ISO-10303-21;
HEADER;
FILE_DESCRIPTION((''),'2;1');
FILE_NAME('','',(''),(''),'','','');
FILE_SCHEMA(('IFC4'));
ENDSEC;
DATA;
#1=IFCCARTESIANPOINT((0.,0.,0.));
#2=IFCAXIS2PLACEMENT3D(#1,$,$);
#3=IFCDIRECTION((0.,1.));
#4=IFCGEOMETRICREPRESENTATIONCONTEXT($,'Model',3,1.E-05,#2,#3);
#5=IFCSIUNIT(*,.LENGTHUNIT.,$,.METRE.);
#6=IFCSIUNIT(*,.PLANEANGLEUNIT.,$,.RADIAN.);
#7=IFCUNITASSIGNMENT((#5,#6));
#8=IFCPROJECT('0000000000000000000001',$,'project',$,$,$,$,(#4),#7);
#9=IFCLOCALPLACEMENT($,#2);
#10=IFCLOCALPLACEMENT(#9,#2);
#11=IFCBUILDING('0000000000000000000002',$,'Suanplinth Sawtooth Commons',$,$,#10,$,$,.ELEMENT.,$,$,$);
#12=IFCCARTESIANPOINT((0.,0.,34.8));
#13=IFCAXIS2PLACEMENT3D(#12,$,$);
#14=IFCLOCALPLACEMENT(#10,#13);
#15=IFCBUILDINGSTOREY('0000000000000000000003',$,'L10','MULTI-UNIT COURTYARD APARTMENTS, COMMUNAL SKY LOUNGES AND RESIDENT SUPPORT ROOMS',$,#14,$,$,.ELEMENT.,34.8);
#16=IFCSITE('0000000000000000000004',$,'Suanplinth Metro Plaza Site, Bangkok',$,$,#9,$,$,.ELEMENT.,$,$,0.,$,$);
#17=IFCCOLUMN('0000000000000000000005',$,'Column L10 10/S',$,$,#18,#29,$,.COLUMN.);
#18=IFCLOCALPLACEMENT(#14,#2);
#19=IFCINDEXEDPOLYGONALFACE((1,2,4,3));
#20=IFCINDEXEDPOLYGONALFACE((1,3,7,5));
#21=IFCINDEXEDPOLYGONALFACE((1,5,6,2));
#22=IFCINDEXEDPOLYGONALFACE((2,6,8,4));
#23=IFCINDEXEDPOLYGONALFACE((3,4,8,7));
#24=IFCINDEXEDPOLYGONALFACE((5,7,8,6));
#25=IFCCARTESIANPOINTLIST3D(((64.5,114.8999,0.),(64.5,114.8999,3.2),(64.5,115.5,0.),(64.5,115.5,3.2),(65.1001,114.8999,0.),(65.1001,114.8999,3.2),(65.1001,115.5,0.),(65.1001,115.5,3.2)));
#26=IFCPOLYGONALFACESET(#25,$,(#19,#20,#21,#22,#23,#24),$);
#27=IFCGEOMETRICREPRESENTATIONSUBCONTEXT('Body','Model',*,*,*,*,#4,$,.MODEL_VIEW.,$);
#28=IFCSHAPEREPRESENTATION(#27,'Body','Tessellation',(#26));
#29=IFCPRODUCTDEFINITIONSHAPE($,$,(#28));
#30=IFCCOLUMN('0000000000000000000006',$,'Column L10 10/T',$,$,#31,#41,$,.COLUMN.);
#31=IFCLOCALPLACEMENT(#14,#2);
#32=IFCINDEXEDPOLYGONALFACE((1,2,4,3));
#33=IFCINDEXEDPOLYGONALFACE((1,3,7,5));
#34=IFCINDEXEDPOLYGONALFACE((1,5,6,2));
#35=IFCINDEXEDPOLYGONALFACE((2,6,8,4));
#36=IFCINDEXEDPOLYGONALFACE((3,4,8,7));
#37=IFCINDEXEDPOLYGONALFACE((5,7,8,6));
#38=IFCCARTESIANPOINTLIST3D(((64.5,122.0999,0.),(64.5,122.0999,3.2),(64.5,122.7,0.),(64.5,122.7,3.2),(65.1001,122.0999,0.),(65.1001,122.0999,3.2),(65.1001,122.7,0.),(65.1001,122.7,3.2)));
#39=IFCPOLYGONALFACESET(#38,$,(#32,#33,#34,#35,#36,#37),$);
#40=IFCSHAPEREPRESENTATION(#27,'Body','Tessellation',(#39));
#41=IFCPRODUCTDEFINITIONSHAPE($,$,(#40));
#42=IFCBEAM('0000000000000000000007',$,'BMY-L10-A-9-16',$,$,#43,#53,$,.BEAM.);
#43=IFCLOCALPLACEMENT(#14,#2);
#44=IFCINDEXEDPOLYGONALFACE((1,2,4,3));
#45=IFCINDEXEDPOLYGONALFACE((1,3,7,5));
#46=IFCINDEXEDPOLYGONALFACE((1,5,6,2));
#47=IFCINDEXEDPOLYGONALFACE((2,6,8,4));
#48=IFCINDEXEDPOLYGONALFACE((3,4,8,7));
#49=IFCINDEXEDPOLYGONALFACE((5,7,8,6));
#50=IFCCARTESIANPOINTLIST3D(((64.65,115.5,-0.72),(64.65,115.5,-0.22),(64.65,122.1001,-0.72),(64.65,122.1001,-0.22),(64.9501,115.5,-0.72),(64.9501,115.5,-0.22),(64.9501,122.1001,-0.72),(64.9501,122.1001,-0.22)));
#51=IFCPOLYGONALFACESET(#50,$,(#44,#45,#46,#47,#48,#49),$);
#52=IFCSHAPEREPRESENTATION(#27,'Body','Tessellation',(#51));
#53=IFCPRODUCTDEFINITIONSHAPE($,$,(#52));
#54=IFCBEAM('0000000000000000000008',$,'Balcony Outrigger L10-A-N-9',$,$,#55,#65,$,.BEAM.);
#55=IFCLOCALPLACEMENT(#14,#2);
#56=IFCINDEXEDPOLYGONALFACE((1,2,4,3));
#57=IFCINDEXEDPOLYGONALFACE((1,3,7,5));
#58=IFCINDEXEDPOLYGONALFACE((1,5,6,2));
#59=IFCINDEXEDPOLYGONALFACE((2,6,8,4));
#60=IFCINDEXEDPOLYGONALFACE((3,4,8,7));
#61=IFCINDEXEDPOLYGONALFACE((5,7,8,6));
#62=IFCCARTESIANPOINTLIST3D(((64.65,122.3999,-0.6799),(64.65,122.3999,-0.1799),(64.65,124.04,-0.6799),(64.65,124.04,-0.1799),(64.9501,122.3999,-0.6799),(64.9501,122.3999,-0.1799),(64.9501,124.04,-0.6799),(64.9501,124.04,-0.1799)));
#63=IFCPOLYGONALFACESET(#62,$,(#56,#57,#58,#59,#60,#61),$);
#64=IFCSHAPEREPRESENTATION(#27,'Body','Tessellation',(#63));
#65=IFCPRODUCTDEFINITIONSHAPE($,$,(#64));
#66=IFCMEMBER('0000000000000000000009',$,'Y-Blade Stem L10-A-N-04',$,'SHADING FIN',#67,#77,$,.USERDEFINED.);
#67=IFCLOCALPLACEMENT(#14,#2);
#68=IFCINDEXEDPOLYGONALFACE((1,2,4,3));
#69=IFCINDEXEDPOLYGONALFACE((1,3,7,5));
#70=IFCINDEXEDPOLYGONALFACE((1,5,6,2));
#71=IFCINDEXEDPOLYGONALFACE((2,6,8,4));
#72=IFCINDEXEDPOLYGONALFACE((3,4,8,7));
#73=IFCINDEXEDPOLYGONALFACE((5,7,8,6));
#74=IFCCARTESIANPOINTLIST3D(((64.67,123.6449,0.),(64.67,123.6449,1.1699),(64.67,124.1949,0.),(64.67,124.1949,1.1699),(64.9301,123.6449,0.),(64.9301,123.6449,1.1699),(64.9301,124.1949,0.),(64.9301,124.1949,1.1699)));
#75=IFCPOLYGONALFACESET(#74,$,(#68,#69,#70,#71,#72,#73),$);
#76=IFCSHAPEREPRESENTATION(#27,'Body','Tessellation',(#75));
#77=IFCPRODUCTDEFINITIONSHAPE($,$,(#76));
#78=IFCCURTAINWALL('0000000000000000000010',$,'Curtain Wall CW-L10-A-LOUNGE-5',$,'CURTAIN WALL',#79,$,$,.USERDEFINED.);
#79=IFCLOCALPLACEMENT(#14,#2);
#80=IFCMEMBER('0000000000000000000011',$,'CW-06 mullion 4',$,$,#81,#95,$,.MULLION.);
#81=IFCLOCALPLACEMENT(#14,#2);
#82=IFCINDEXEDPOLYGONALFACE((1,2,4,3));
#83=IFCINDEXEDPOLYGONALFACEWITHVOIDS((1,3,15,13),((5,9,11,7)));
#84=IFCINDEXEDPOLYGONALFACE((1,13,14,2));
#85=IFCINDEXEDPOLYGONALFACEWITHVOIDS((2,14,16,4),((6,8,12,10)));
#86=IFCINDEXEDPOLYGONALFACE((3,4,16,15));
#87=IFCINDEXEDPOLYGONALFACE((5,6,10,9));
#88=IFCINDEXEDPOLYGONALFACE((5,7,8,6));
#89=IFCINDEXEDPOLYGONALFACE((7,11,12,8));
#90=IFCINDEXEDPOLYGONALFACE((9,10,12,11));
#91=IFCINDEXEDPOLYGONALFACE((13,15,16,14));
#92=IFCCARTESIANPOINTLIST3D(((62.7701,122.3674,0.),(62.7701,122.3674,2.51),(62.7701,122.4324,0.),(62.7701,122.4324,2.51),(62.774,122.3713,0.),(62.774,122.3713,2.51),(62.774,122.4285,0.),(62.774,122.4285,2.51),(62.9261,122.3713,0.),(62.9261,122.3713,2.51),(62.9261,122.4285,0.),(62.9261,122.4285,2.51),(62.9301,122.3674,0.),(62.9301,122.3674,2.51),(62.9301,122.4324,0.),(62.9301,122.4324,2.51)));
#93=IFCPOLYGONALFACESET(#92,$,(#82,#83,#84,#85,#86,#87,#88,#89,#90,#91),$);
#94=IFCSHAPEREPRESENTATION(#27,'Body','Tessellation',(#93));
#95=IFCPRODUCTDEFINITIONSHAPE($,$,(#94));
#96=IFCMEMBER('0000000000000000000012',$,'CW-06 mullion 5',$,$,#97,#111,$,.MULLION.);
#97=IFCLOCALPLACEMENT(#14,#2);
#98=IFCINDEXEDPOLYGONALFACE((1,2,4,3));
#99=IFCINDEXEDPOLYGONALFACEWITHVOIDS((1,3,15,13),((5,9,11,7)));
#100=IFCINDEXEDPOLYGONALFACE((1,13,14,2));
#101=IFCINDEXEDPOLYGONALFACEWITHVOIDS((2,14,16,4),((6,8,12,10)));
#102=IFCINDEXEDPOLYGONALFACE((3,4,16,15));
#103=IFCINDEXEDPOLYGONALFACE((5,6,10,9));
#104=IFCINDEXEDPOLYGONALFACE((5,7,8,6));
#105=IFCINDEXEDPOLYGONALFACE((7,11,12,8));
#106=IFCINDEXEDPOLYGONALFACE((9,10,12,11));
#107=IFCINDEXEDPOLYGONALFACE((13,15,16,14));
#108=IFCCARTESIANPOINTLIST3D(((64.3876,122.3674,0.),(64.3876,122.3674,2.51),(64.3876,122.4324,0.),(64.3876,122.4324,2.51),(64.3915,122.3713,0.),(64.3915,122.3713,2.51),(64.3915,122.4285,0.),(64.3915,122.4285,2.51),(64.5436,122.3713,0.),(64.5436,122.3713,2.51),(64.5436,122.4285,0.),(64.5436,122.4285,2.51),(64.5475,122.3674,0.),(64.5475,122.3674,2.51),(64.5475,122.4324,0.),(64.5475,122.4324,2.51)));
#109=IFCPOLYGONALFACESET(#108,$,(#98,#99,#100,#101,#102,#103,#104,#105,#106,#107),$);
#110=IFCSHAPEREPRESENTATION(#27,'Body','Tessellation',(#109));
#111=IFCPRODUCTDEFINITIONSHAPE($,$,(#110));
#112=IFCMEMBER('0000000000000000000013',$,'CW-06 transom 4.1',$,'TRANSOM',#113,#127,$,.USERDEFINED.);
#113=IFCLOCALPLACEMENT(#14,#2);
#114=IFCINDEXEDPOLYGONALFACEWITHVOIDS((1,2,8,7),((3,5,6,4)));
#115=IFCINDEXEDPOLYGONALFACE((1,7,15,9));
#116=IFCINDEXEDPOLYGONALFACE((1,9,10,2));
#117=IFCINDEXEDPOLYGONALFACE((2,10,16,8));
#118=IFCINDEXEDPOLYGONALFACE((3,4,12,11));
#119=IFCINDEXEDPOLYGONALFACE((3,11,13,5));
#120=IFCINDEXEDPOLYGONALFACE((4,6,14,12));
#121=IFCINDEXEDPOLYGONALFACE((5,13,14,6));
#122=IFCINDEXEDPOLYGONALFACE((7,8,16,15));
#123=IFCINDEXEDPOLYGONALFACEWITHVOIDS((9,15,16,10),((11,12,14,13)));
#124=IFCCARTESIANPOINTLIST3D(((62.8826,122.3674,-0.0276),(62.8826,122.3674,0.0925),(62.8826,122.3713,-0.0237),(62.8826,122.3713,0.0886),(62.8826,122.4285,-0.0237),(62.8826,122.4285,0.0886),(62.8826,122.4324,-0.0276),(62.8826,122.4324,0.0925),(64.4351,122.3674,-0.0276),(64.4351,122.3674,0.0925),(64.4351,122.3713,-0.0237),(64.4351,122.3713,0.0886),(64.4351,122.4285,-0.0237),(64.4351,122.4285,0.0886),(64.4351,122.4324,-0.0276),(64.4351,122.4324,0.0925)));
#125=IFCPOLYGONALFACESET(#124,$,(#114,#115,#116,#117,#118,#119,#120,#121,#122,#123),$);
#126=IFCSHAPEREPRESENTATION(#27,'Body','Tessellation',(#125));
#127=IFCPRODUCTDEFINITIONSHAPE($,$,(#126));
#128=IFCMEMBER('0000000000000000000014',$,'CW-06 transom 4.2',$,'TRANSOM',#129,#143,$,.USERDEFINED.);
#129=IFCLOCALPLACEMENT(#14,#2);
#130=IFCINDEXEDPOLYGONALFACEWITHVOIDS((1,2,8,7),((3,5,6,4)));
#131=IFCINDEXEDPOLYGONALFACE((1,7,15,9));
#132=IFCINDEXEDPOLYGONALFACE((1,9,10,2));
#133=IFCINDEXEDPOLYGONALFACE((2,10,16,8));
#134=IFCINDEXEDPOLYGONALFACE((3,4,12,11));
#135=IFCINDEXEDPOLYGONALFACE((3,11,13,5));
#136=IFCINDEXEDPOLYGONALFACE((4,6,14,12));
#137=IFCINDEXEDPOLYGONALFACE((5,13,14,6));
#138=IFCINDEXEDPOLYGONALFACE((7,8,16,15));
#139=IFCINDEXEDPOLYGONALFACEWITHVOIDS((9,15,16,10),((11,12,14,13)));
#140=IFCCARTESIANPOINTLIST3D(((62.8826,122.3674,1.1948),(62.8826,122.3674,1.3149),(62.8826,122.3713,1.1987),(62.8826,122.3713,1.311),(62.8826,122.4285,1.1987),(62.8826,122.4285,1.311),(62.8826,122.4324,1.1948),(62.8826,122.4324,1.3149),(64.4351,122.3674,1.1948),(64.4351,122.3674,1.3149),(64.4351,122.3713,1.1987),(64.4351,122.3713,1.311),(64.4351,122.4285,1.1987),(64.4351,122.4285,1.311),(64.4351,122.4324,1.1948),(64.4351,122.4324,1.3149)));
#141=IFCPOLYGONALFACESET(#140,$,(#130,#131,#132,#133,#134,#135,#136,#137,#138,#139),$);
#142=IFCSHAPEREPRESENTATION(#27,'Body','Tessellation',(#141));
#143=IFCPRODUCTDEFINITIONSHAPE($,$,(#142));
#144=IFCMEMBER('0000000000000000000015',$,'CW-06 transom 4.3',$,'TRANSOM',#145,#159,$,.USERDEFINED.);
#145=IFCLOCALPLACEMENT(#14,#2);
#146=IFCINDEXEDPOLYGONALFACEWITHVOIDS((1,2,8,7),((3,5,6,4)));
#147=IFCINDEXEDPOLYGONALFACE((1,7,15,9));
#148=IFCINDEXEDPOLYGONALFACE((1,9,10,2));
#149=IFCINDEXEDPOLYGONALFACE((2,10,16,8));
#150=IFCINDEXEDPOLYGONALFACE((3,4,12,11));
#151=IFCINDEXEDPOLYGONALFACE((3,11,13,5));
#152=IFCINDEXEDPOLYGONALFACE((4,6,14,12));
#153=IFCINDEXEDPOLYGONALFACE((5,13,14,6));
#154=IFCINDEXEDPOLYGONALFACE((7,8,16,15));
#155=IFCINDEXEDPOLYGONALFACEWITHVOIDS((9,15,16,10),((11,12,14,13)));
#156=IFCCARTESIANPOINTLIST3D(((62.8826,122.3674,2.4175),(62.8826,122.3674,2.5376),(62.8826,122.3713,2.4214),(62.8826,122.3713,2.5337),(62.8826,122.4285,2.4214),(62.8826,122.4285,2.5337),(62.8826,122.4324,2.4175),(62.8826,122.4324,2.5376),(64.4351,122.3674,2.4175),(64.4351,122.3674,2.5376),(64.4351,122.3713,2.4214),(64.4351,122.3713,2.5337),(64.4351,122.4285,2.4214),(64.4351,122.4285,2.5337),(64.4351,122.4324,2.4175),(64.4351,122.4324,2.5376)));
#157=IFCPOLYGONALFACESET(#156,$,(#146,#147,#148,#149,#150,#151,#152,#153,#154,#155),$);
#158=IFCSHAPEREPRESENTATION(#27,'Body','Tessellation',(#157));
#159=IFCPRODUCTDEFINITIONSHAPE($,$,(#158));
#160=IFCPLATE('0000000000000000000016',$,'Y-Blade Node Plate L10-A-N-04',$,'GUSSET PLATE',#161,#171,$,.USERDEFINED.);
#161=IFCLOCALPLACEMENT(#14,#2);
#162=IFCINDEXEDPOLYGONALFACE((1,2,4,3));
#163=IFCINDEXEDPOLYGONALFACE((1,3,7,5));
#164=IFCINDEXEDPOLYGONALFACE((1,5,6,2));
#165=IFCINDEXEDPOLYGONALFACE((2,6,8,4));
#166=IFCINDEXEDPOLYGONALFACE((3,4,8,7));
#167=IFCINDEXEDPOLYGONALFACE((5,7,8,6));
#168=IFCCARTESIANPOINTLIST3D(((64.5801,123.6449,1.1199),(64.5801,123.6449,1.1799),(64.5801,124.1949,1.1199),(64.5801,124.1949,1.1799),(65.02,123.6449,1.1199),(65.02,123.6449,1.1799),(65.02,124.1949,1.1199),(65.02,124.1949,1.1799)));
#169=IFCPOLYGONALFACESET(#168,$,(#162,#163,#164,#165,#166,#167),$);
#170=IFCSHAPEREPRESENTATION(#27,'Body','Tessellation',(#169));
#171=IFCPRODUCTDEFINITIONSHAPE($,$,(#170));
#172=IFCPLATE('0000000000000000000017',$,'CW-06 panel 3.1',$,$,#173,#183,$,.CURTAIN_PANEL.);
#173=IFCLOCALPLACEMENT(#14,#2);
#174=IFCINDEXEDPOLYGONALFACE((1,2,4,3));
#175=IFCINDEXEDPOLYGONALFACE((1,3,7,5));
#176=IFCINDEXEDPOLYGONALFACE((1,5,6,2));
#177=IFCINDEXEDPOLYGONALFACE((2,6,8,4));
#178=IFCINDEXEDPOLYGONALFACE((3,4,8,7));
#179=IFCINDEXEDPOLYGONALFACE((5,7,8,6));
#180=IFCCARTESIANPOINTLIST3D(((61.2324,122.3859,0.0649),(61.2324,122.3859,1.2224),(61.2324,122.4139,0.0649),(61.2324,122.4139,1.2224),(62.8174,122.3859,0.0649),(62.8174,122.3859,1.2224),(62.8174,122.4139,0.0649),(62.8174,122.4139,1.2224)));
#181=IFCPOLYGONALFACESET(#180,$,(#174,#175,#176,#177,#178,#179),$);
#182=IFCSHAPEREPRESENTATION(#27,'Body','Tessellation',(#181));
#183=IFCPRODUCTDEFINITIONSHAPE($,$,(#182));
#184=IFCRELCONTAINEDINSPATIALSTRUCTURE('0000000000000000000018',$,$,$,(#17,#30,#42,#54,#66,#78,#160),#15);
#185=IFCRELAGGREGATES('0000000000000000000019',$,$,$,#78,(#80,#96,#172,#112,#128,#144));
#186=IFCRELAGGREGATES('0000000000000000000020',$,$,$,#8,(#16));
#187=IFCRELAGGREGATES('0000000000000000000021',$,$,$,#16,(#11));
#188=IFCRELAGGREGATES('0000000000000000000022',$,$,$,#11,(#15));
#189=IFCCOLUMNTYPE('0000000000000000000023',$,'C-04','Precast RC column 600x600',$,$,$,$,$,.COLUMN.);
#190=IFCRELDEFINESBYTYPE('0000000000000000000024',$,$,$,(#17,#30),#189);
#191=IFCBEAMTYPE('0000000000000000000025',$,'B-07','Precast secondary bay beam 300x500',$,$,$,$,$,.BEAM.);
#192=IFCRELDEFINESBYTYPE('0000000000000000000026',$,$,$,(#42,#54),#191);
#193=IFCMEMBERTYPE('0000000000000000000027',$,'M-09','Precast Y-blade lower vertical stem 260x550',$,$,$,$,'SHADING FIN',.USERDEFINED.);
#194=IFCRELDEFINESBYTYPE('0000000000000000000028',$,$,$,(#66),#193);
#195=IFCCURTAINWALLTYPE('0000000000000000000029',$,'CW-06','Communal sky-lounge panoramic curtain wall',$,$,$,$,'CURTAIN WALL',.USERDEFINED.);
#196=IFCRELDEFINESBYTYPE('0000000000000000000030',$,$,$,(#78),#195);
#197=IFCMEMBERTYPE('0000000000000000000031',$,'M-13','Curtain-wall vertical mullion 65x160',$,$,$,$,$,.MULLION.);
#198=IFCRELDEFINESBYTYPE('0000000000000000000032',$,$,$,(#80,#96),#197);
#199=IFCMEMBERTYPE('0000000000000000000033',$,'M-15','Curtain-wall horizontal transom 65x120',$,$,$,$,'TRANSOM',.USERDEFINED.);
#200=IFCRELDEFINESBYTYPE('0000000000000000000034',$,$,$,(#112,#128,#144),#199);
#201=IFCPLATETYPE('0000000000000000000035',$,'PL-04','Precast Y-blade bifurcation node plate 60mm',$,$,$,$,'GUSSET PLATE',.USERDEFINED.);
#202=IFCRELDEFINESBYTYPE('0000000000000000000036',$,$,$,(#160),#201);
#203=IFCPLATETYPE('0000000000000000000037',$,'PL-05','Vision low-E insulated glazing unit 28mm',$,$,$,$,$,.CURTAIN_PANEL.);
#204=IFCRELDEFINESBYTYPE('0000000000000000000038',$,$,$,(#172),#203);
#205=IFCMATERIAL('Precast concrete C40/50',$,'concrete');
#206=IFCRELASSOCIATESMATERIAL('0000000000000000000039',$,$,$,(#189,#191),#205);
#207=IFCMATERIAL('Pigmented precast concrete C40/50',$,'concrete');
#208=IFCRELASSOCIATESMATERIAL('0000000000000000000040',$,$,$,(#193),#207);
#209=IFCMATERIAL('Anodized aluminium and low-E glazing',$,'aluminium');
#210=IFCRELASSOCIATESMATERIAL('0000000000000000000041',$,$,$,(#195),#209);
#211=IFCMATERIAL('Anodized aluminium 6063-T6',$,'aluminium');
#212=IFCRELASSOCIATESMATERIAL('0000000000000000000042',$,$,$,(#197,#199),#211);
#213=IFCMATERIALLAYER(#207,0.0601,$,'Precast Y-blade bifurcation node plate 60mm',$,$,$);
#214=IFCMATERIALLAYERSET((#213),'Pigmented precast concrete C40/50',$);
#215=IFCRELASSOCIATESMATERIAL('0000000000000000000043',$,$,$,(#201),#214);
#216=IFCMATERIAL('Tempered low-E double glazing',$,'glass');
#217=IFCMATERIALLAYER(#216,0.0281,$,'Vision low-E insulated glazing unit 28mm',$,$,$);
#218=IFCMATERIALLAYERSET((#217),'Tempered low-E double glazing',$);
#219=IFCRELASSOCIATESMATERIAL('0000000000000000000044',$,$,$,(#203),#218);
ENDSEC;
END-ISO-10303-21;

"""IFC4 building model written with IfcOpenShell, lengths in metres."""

from ifc_helpers import new_model, si_unit, direction, frame, origin, origin_2d, place, context, subcontext, project, spatial, rectangle, hollow_rectangle, extrude, material, layer, layer_set, material_profile, profile_set, type_object, element, aggregate, save


model = new_model("IFC4")

# Units and contexts
model_context = context("Model", 3, precision=1e-05, world=origin(), true_north=direction((0.0, 1.0)))
body_context = subcontext(model_context, "Body", "Model", "MODEL_VIEW")
ifc_project = project(units=[si_unit("LENGTHUNIT", "METRE"), si_unit("PLANEANGLEUNIT", "RADIAN")], contexts=[model_context])

# Site, building, storey
site_placement = place(None, origin())
site = spatial("IfcSite", under=ifc_project, at=site_placement, Name="Suanplinth Metro Plaza Site, Bangkok", CompositionType="ELEMENT", RefElevation=0.0)
building_placement = place(site_placement, origin())
building = spatial("IfcBuilding", under=site, at=building_placement, Name="Suanplinth Sawtooth Commons", CompositionType="ELEMENT")
storey_placement = place(building_placement, frame((0.0, 0.0, 34.8)))
storey = spatial("IfcBuildingStorey", under=building, at=storey_placement, Name="L10", Description="MULTI-UNIT COURTYARD APARTMENTS, COMMUNAL SKY LOUNGES AND RESIDENT SUPPORT ROOMS", CompositionType="ELEMENT", Elevation=34.8)

# Columns
ifc_material_1 = material(Name="Precast concrete C40/50", Category="concrete")
ifc_material_profile_1 = material_profile(ifc_material_1, rectangle(XDim=0.6001, YDim=0.6001, at=origin_2d()), Name="PC-COL 600x600")
ifc_profile_set_1 = profile_set([ifc_material_profile_1], Name="Precast concrete C40/50")
column_type = type_object("IfcColumnType", Name="C-04", Description="Precast RC column 600x600", PredefinedType="COLUMN", material=ifc_profile_set_1)
for number, where, z_axis, x_axis, name in (
    (1, (64.8, 115.2, 0.0), (0.0, 0.0, 1.0), (1.0, 0.0, 0.0), "Column L10 10/S"),
    (2, (64.8, 122.3999, 0.0), (0.0, 0.0, 1.0), (1.0, 0.0, 0.0), "Column L10 10/T"),
):
    element("IfcColumn", number, at=place(storey_placement, frame(where, z_axis=z_axis, x_axis=x_axis)), inside=storey, type_object=column_type, Name=name, PredefinedType="COLUMN", context=body_context, shape_type="SweptSolid", body=[
        extrude(rectangle(XDim=0.6001, YDim=0.6001, at=origin_2d()), origin(), (0.0, 0.0, 1.0), 3.2),
    ])

# Beams
ifc_material_profile_2 = material_profile(ifc_material_1, rectangle(XDim=0.3, YDim=0.5, at=origin_2d()), Name="PC-BM 300x500")
ifc_profile_set_2 = profile_set([ifc_material_profile_2], Name="Precast concrete C40/50")
beam_type = type_object("IfcBeamType", Name="B-07", Description="Precast secondary bay beam 300x500", PredefinedType="BEAM", material=ifc_profile_set_2)
beam_1_placement = place(storey_placement, frame((64.8, 115.5, -0.47), z_axis=(0.0, 1.0, 0.0), x_axis=(-1.0, 0.0, 0.0)))
element("IfcBeam", 3, at=beam_1_placement, inside=storey, type_object=beam_type, Name="BMY-L10-A-9-16", PredefinedType="BEAM", context=body_context, shape_type="SweptSolid", body=[
    extrude(rectangle(XDim=0.3, YDim=0.5, at=origin_2d()), origin(), (0.0, 0.0, 1.0), 6.6001),
])
beam_2_placement = place(storey_placement, frame((64.8, 122.3999, -0.4299), z_axis=(0.0, 1.0, 0.0), x_axis=(-1.0, 0.0, 0.0)))
element("IfcBeam", 4, at=beam_2_placement, inside=storey, type_object=beam_type, Name="Balcony Outrigger L10-A-N-9", PredefinedType="BEAM", context=body_context, shape_type="SweptSolid", body=[
    extrude(rectangle(XDim=0.3, YDim=0.5, at=origin_2d()), origin(), (0.0, 0.0, 1.0), 1.6401),
])

# Member
ifc_material_2 = material(Name="Pigmented precast concrete C40/50", Category="concrete")
ifc_material_profile_3 = material_profile(ifc_material_2, rectangle(XDim=0.26, YDim=0.55, at=origin_2d()), Name="PC-FIN 260x550")
ifc_profile_set_3 = profile_set([ifc_material_profile_3], Name="Pigmented precast concrete C40/50")
member_type_1 = type_object("IfcMemberType", Name="M-09", Description="Precast Y-blade lower vertical stem 260x550", ElementType="SHADING FIN", PredefinedType="USERDEFINED", material=ifc_profile_set_3)
member_1_placement = place(storey_placement, frame((64.8, 123.9199, 0.0), z_axis=(0.0, 0.0, 1.0), x_axis=(1.0, 0.0, 0.0)))
element("IfcMember", 5, at=member_1_placement, inside=storey, type_object=member_type_1, Name="Y-Blade Stem L10-A-N-04", ObjectType="SHADING FIN", PredefinedType="USERDEFINED", context=body_context, shape_type="SweptSolid", body=[
    extrude(rectangle(XDim=0.26, YDim=0.55, at=origin_2d()), origin(), (0.0, 0.0, 1.0), 1.1699),
])

# Curtain wall, members
ifc_material_3 = material(Name="Anodized aluminium and low-E glazing", Category="aluminium")
curtain_wall_type = type_object("IfcCurtainWallType", Name="CW-06", Description="Communal sky-lounge panoramic curtain wall", ElementType="CURTAIN WALL", PredefinedType="USERDEFINED", material=ifc_material_3)
curtain_wall_placement = place(storey_placement, origin())
curtain_wall = element("IfcCurtainWall", 6, at=curtain_wall_placement, inside=storey, type_object=curtain_wall_type, Name="Curtain Wall CW-L10-A-LOUNGE-5", ObjectType="CURTAIN WALL", PredefinedType="USERDEFINED")
ifc_material_4 = material(Name="Anodized aluminium 6063-T6", Category="aluminium")
ifc_material_profile_4 = material_profile(ifc_material_4, hollow_rectangle(XDim=0.0649, YDim=0.1599, WallThickness=0.0039, at=origin_2d()), Name="ALU-MUL 65x160")
ifc_profile_set_4 = profile_set([ifc_material_profile_4], Name="Anodized aluminium 6063-T6")
member_type_2 = type_object("IfcMemberType", Name="M-13", Description="Curtain-wall vertical mullion 65x160", PredefinedType="MULLION", material=ifc_profile_set_4)
member_2_placement = place(storey_placement, frame((62.8501, 122.3999, 0.0), z_axis=(0.0, 0.0, 1.0), x_axis=(0.0, 1.0, 0.0)))
member_2 = element("IfcMember", 7, at=member_2_placement, type_object=member_type_2, Name="CW-06 mullion 4", PredefinedType="MULLION", context=body_context, shape_type="SweptSolid", body=[
    extrude(hollow_rectangle(XDim=0.0649, YDim=0.1599, WallThickness=0.0039, at=origin_2d()), origin(), (0.0, 0.0, 1.0), 2.51),
])
member_3_placement = place(storey_placement, frame((64.4675, 122.3999, 0.0), z_axis=(0.0, 0.0, 1.0), x_axis=(0.0, 1.0, 0.0)))
member_3 = element("IfcMember", 8, at=member_3_placement, type_object=member_type_2, Name="CW-06 mullion 5", PredefinedType="MULLION", context=body_context, shape_type="SweptSolid", body=[
    extrude(hollow_rectangle(XDim=0.0649, YDim=0.1599, WallThickness=0.0039, at=origin_2d()), origin(), (0.0, 0.0, 1.0), 2.51),
])
ifc_material_profile_5 = material_profile(ifc_material_4, hollow_rectangle(XDim=0.0649, YDim=0.1201, WallThickness=0.0039, at=origin_2d()), Name="ALU-TRN 65x120")
ifc_profile_set_5 = profile_set([ifc_material_profile_5], Name="Anodized aluminium 6063-T6")
member_type_3 = type_object("IfcMemberType", Name="M-15", Description="Curtain-wall horizontal transom 65x120", ElementType="TRANSOM", PredefinedType="USERDEFINED", material=ifc_profile_set_5)
member_4_placement = place(storey_placement, frame((62.8826, 122.3999, 0.0325), z_axis=(1.0, 0.0, 0.0), x_axis=(0.0, 1.0, 0.0)))
member_4 = element("IfcMember", 9, at=member_4_placement, type_object=member_type_3, Name="CW-06 transom 4.1", ObjectType="TRANSOM", PredefinedType="USERDEFINED", context=body_context, shape_type="SweptSolid", body=[
    extrude(hollow_rectangle(XDim=0.0649, YDim=0.1201, WallThickness=0.0039, at=origin_2d()), origin(), (0.0, 0.0, 1.0), 1.5525),
])
member_5_placement = place(storey_placement, frame((62.8826, 122.3999, 1.2549), z_axis=(1.0, 0.0, 0.0), x_axis=(0.0, 1.0, 0.0)))
member_5 = element("IfcMember", 10, at=member_5_placement, type_object=member_type_3, Name="CW-06 transom 4.2", ObjectType="TRANSOM", PredefinedType="USERDEFINED", context=body_context, shape_type="SweptSolid", body=[
    extrude(hollow_rectangle(XDim=0.0649, YDim=0.1201, WallThickness=0.0039, at=origin_2d()), origin(), (0.0, 0.0, 1.0), 1.5525),
])
member_6_placement = place(storey_placement, frame((62.8826, 122.3999, 2.4775), z_axis=(1.0, 0.0, 0.0), x_axis=(0.0, 1.0, 0.0)))
member_6 = element("IfcMember", 11, at=member_6_placement, type_object=member_type_3, Name="CW-06 transom 4.3", ObjectType="TRANSOM", PredefinedType="USERDEFINED", context=body_context, shape_type="SweptSolid", body=[
    extrude(hollow_rectangle(XDim=0.0649, YDim=0.1201, WallThickness=0.0039, at=origin_2d()), origin(), (0.0, 0.0, 1.0), 1.5525),
])

# Plates
ifc_layer_1 = layer(ifc_material_2, 0.0601, Name="Precast Y-blade bifurcation node plate 60mm")
ifc_layer_set_1 = layer_set([ifc_layer_1], Name="Pigmented precast concrete C40/50")
plate_type_1 = type_object("IfcPlateType", Name="PL-04", Description="Precast Y-blade bifurcation node plate 60mm", ElementType="GUSSET PLATE", PredefinedType="USERDEFINED", material=ifc_layer_set_1)
plate_1_placement = place(storey_placement, frame((64.8, 123.9199, 1.1199), z_axis=(0.0, 0.0, 1.0), x_axis=(1.0, 0.0, 0.0)))
element("IfcPlate", 12, at=plate_1_placement, inside=storey, type_object=plate_type_1, Name="Y-Blade Node Plate L10-A-N-04", ObjectType="GUSSET PLATE", PredefinedType="USERDEFINED", context=body_context, shape_type="SweptSolid", body=[
    extrude(rectangle(XDim=0.4399, YDim=0.55, at=origin_2d()), origin(), (0.0, 0.0, 1.0), 0.0601),
])
ifc_material_5 = material(Name="Tempered low-E double glazing", Category="glass")
ifc_layer_2 = layer(ifc_material_5, 0.0281, Name="Vision low-E insulated glazing unit 28mm")
ifc_layer_set_2 = layer_set([ifc_layer_2], Name="Tempered low-E double glazing")
plate_type_2 = type_object("IfcPlateType", Name="PL-05", Description="Vision low-E insulated glazing unit 28mm", PredefinedType="CURTAIN_PANEL", material=ifc_layer_set_2)
plate_2_placement = place(storey_placement, frame((62.0249, 122.3999, 0.0649), z_axis=(0.0, 0.0, 1.0), x_axis=(1.0, 0.0, 0.0)))
plate_2 = element("IfcPlate", 13, at=plate_2_placement, type_object=plate_type_2, Name="CW-06 panel 3.1", PredefinedType="CURTAIN_PANEL", context=body_context, shape_type="SweptSolid", body=[
    extrude(rectangle(XDim=1.585, YDim=0.0281, at=origin_2d()), origin(), (0.0, 0.0, 1.0), 1.1575),
])
aggregate(curtain_wall, [member_2, member_3, plate_2, member_4, member_5, member_6])

save(model, "model.ifc")
